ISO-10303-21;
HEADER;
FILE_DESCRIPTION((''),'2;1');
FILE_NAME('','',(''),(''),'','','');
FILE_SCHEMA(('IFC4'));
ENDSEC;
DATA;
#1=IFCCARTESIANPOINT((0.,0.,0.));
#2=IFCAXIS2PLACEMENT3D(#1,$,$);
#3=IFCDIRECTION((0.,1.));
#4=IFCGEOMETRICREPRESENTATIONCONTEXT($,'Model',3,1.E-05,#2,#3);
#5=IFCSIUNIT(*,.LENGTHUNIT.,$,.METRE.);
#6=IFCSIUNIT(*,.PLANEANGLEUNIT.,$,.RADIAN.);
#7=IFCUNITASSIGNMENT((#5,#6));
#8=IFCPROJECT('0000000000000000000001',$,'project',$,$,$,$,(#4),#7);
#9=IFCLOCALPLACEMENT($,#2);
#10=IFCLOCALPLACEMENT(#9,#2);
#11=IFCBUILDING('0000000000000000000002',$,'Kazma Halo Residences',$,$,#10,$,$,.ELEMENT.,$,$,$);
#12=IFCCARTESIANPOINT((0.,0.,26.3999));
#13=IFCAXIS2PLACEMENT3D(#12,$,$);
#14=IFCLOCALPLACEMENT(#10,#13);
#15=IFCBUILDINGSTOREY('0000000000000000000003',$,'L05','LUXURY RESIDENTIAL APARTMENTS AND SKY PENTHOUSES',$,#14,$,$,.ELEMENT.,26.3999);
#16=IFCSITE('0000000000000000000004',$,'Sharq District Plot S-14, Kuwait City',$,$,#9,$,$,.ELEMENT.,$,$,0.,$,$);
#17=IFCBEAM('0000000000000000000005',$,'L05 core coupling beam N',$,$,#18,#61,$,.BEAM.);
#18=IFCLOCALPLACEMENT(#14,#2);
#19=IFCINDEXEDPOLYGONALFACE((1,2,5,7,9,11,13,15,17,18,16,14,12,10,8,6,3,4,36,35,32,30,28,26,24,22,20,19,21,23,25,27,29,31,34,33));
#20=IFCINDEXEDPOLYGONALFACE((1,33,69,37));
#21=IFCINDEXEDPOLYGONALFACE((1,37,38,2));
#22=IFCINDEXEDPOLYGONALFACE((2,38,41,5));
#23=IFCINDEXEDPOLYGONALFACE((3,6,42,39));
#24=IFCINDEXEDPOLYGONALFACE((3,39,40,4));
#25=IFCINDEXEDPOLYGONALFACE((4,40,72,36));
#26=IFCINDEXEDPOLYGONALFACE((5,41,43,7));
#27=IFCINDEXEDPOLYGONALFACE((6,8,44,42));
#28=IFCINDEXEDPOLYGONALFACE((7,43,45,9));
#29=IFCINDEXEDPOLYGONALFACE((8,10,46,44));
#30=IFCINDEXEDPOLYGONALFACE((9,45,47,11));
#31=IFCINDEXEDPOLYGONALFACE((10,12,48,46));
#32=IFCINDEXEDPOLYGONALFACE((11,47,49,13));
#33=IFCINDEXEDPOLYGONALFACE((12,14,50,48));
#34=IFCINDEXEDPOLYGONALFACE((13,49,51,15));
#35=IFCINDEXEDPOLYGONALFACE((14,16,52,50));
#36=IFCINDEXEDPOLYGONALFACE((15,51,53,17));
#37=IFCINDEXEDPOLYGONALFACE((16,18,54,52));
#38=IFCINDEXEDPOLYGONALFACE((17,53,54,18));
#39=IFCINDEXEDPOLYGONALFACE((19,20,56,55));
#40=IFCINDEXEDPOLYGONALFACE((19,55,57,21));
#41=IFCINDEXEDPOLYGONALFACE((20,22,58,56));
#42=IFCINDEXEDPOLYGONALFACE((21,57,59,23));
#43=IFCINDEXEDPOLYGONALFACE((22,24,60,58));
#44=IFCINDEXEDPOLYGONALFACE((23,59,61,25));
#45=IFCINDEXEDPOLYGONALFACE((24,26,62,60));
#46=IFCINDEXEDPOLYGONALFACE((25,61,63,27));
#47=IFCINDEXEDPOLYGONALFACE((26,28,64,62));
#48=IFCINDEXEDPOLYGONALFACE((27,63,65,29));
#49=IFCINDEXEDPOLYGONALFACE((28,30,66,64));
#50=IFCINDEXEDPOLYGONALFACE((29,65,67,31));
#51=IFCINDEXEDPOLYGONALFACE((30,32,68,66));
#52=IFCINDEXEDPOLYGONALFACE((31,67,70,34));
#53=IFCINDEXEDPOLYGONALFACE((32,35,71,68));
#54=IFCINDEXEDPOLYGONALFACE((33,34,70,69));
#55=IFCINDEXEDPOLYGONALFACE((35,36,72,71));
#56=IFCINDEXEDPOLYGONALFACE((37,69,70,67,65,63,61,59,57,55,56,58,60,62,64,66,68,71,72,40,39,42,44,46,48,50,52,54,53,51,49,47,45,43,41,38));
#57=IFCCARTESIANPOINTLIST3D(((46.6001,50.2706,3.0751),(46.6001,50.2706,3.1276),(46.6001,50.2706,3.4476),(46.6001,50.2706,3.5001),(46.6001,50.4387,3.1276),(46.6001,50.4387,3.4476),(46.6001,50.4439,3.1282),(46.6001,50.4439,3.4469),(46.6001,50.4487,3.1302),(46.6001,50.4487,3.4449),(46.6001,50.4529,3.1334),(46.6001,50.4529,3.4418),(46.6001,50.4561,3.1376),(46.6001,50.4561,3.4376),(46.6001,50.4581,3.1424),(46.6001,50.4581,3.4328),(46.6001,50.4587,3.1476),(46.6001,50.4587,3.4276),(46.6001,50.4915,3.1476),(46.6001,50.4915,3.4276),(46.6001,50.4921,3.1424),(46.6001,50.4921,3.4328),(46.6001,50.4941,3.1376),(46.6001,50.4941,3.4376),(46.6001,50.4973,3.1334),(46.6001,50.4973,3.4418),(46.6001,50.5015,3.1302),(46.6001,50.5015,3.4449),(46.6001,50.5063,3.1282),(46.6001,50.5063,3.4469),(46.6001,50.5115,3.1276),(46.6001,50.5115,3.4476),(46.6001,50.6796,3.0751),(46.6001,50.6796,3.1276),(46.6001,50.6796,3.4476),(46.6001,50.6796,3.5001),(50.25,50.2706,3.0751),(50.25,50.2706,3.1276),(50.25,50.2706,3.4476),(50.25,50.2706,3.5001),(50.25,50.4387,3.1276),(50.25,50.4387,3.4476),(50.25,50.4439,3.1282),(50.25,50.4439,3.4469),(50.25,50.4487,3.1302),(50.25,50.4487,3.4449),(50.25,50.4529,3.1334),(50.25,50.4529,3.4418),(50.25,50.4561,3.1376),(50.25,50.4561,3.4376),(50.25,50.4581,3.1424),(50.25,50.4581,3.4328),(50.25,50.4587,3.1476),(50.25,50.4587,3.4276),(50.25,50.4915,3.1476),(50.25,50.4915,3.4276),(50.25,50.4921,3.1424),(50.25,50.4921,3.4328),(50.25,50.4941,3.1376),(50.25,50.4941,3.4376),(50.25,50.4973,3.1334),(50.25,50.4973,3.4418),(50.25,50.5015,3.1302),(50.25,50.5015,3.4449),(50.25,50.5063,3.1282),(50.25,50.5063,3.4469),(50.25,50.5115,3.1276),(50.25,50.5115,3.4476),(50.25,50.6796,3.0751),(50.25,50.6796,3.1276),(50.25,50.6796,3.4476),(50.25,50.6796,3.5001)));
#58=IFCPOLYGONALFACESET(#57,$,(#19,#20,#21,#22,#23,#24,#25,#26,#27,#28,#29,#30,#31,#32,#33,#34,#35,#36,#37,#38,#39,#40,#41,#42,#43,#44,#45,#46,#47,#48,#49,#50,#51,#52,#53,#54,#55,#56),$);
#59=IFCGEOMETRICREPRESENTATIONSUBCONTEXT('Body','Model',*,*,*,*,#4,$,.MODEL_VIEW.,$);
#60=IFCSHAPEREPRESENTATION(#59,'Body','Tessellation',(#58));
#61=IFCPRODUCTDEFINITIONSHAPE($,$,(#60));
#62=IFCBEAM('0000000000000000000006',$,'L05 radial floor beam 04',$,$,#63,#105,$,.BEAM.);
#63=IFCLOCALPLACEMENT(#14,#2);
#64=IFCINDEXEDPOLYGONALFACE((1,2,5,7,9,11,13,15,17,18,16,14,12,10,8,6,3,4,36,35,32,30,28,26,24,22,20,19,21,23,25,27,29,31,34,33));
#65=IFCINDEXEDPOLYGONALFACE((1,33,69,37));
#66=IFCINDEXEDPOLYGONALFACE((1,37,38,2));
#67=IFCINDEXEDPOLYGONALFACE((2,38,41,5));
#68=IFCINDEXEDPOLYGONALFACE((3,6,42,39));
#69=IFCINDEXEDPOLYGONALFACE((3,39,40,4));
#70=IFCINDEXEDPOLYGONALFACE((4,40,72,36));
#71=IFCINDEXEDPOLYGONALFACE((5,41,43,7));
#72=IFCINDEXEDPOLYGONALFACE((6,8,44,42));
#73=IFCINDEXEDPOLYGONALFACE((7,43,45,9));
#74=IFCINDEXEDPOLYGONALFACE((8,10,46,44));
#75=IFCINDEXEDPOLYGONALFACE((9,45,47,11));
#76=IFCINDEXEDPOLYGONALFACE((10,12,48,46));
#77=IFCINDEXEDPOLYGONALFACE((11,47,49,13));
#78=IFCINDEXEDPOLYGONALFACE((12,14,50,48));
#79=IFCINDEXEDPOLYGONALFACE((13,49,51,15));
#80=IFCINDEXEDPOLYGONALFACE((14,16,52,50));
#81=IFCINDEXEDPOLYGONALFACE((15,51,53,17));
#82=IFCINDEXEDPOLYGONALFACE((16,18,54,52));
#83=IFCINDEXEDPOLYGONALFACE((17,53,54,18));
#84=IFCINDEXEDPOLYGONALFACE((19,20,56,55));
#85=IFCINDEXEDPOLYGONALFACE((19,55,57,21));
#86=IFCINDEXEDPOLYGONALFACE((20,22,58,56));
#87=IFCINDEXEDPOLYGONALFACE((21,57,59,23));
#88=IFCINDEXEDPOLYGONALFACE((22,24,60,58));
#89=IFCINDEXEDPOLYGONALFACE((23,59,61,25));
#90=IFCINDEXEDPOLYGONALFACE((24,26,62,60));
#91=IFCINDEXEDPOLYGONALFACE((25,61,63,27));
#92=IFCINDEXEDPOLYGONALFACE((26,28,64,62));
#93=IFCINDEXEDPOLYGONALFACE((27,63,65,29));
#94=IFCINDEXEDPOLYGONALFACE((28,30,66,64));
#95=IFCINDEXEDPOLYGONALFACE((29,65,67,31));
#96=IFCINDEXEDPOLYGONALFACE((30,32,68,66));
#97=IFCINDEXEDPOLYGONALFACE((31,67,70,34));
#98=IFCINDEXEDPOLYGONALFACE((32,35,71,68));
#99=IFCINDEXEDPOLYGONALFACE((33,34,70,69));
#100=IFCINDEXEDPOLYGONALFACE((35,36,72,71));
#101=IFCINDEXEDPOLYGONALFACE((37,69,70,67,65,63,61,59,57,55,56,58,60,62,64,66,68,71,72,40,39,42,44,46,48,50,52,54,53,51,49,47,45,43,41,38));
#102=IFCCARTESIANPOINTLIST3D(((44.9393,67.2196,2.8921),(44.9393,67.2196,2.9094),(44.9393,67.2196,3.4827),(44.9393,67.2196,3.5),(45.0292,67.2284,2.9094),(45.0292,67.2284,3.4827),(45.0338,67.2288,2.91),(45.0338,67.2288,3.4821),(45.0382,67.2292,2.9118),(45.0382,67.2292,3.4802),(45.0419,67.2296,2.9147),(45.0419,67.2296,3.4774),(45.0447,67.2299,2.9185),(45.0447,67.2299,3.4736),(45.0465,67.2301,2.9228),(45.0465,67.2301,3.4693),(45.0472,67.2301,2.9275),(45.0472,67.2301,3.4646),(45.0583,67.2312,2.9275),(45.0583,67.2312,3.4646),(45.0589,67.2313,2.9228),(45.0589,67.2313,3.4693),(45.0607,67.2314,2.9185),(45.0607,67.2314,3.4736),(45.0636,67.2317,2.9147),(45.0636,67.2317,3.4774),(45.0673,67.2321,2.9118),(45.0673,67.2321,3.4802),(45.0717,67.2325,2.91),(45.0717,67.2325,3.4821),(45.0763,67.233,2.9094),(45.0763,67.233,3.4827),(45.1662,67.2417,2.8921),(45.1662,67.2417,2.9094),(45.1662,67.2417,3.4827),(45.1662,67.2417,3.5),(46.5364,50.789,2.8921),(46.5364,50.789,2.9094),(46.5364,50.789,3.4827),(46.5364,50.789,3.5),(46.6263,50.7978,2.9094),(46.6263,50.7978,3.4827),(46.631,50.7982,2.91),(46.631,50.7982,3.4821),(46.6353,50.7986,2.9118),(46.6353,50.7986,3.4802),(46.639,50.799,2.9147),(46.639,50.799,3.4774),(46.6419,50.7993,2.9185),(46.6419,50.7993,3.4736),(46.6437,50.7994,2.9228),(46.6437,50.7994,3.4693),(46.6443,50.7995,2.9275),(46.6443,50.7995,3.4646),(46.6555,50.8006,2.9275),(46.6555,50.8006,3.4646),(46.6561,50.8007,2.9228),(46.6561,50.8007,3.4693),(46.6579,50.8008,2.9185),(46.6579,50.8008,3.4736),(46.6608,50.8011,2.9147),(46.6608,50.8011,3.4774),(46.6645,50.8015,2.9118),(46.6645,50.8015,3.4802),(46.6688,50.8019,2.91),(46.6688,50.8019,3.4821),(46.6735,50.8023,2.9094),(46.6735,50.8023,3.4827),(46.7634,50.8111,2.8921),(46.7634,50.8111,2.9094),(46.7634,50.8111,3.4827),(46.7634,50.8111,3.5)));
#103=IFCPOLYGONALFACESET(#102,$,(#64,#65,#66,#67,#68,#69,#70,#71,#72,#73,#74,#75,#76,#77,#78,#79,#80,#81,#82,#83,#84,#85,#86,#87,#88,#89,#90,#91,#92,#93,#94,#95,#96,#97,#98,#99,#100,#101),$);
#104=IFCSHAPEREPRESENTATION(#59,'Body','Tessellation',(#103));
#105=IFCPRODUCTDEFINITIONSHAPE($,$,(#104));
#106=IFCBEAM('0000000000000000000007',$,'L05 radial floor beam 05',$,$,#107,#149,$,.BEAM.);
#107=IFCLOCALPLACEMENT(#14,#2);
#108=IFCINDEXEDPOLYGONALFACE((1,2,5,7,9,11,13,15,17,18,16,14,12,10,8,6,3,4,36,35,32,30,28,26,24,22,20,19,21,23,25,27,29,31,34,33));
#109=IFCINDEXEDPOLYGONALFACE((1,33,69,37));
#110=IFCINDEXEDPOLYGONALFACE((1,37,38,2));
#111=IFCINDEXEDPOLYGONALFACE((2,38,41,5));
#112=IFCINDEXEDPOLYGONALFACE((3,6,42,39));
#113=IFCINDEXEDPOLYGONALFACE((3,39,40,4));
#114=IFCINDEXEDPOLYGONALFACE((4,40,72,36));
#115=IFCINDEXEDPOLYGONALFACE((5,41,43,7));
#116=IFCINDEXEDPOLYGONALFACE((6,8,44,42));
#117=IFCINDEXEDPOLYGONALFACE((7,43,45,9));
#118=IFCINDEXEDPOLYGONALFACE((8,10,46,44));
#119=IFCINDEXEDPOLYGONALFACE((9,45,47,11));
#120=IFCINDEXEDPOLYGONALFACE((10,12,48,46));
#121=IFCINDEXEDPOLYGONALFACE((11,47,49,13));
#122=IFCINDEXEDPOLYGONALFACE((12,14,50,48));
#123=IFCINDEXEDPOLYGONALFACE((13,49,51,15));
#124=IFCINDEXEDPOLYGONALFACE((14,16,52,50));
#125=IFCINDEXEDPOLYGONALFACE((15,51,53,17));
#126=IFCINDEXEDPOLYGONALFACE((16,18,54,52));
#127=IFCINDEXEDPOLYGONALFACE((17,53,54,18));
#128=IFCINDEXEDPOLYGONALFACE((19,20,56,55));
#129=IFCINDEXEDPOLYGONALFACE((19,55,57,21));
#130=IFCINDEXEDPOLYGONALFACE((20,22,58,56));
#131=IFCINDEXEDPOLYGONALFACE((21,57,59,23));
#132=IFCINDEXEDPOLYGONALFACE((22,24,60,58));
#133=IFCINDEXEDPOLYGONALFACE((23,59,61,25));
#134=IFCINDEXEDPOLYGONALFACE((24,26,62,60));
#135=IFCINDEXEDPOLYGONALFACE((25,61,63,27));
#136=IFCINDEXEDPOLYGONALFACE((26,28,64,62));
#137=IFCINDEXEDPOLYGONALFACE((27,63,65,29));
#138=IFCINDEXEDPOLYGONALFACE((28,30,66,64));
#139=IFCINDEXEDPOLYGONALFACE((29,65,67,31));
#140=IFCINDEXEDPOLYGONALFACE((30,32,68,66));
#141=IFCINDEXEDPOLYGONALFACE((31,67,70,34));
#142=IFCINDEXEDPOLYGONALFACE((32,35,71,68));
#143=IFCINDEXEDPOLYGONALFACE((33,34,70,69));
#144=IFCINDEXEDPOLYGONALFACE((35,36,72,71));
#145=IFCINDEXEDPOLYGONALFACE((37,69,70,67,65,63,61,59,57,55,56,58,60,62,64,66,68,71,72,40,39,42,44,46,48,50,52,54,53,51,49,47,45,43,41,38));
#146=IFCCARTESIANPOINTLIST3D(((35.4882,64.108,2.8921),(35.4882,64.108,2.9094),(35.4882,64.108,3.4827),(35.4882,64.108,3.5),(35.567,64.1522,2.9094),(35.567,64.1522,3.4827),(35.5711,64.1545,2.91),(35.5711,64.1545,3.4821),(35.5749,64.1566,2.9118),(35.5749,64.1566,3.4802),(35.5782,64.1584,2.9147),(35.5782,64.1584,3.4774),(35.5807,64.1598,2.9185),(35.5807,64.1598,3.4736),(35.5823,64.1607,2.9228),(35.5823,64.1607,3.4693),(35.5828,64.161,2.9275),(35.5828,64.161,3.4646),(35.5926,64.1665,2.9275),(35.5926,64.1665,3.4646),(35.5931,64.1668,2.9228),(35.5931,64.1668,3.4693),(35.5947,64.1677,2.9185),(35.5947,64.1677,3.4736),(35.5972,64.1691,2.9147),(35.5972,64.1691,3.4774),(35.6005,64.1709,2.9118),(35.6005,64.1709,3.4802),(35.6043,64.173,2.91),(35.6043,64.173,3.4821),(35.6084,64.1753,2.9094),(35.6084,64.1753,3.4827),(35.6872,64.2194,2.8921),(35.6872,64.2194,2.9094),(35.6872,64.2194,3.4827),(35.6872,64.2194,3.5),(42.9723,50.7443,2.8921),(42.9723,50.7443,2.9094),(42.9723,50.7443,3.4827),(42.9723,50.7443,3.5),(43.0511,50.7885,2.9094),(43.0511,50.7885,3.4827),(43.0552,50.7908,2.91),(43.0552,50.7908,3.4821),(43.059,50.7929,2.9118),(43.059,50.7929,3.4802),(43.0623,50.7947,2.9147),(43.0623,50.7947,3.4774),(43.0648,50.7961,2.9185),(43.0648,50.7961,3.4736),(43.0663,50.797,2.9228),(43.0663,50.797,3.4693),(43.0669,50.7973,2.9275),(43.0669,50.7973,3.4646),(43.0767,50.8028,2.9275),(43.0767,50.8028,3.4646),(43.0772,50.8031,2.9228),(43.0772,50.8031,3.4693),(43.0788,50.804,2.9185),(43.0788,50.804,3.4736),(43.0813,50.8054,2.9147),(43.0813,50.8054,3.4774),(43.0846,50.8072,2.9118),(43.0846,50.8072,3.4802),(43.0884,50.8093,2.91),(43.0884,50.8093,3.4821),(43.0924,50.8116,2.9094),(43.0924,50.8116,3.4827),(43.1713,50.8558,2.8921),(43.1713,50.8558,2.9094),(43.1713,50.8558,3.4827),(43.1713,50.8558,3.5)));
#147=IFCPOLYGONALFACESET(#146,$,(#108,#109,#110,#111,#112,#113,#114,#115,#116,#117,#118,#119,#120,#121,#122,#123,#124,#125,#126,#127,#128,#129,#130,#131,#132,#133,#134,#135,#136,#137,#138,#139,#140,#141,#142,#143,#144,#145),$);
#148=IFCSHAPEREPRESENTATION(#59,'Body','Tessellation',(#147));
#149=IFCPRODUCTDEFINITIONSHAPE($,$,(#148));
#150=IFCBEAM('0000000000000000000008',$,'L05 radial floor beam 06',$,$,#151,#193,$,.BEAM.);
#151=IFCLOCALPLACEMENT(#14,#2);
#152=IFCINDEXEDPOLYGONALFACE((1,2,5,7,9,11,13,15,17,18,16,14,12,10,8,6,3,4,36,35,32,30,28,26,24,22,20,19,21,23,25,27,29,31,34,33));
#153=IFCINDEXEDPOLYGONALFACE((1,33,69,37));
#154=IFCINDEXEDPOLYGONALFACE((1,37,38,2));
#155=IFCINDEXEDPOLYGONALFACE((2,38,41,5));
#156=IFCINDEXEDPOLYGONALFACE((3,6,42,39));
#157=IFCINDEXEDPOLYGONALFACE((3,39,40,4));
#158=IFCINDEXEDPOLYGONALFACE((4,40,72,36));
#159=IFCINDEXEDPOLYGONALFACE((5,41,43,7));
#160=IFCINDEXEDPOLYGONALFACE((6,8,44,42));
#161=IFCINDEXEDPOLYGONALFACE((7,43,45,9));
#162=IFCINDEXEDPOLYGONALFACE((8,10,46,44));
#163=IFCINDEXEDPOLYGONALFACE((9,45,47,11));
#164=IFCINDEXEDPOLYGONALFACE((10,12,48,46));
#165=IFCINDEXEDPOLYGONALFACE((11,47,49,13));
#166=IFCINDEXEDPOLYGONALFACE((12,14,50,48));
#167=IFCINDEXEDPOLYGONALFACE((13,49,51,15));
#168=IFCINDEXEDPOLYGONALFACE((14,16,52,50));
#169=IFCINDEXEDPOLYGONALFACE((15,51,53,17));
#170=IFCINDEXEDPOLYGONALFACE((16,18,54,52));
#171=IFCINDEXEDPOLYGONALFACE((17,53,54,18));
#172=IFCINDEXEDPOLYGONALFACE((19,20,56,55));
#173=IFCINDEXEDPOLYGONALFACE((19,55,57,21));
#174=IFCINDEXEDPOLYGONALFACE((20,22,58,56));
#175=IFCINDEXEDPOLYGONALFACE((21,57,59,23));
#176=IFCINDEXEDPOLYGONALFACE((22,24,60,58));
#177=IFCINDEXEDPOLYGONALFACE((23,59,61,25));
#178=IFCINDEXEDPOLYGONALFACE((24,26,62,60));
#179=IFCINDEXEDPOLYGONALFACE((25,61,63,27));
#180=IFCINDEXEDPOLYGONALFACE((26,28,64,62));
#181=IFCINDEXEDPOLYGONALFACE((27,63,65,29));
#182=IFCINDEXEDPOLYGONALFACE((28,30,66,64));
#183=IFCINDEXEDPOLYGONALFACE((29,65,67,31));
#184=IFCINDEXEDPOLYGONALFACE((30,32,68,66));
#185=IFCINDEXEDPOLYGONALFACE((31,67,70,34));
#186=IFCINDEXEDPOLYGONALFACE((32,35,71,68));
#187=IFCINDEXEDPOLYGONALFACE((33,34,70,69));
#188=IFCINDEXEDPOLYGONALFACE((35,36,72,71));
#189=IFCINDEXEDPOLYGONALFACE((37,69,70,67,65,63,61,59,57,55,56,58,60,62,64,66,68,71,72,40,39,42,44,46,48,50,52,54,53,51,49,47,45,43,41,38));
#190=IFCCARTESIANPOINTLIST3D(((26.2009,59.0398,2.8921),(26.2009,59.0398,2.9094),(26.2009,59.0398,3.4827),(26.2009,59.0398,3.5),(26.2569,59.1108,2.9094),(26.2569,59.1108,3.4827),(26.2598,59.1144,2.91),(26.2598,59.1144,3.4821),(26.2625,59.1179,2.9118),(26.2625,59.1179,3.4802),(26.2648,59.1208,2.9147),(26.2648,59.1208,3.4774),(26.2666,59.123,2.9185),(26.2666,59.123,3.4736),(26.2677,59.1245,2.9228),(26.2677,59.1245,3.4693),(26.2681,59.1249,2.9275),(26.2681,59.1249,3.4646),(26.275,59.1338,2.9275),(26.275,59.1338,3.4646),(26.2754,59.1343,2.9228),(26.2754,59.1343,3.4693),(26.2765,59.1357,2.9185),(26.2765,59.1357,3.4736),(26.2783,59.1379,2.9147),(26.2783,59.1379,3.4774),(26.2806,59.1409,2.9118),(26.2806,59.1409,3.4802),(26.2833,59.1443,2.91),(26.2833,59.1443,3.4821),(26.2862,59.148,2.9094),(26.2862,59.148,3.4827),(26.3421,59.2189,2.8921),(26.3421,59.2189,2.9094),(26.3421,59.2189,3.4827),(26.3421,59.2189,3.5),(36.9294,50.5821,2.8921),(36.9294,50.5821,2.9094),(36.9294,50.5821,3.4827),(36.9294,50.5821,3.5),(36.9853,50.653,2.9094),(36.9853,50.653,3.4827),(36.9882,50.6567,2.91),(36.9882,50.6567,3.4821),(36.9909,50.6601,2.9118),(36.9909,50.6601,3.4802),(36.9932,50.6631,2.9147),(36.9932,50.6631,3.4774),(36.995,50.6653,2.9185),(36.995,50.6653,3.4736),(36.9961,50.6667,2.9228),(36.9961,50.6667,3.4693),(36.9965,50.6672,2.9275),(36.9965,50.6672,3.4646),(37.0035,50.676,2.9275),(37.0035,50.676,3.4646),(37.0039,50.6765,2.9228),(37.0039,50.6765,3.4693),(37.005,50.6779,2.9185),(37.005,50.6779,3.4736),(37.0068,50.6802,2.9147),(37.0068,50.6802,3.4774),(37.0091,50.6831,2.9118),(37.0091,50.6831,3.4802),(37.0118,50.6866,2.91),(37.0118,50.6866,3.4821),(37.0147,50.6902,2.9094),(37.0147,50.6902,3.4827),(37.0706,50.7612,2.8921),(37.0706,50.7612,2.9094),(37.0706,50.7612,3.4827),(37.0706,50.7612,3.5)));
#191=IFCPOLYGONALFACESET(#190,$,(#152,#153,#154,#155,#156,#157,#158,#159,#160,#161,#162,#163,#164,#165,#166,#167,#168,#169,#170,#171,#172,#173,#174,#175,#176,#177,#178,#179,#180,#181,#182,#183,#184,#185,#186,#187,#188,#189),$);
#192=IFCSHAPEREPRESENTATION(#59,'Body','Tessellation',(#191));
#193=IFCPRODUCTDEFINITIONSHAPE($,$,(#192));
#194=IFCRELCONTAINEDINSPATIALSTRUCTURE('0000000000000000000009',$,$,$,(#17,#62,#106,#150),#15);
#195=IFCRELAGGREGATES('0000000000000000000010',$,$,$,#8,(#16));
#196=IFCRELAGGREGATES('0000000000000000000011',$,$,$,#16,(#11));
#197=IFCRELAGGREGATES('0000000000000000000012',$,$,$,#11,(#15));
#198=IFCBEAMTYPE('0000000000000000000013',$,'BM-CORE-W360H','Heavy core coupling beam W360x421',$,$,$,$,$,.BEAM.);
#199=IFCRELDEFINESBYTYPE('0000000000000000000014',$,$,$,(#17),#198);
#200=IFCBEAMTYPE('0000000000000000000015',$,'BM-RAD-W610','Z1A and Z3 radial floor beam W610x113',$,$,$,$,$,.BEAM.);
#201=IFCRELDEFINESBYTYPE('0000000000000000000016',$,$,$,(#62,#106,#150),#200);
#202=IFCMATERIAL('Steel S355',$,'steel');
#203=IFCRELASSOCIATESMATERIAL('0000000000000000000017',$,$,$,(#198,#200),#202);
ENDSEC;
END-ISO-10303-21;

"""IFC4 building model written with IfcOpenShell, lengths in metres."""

from ifc_helpers import new_model, si_unit, direction, frame, origin, origin_2d, place, context, subcontext, project, spatial, i_section, extrude, material, material_profile, profile_set, type_object, element, save


model = new_model("IFC4")

# Units and contexts
model_context = context("Model", 3, precision=1e-05, world=origin(), true_north=direction((0.0, 1.0)))
body_context = subcontext(model_context, "Body", "Model", "MODEL_VIEW")
ifc_project = project(units=[si_unit("LENGTHUNIT", "METRE"), si_unit("PLANEANGLEUNIT", "RADIAN")], contexts=[model_context])

# Site, building, storey
site_placement = place(None, origin())
site = spatial("IfcSite", under=ifc_project, at=site_placement, Name="Sharq District Plot S-14, Kuwait City", CompositionType="ELEMENT", RefElevation=0.0)
building_placement = place(site_placement, origin())
building = spatial("IfcBuilding", under=site, at=building_placement, Name="Kazma Halo Residences", CompositionType="ELEMENT")
storey_placement = place(building_placement, frame((0.0, 0.0, 26.3999)))
storey = spatial("IfcBuildingStorey", under=building, at=storey_placement, Name="L05", Description="LUXURY RESIDENTIAL APARTMENTS AND SKY PENTHOUSES", CompositionType="ELEMENT", Elevation=26.3999)

# Beams
ifc_material_1 = material(Name="Steel S355", Category="steel")
ifc_material_profile_1 = material_profile(ifc_material_1, i_section(OverallWidth=0.4089, OverallDepth=0.425, WebThickness=0.0327, FlangeThickness=0.0525, FilletRadius=0.02, at=origin_2d()), Name="W360x421")
ifc_profile_set_1 = profile_set([ifc_material_profile_1], Name="Steel S355")
beam_type_1 = type_object("IfcBeamType", Name="BM-CORE-W360H", Description="Heavy core coupling beam W360x421", PredefinedType="BEAM", material=ifc_profile_set_1)
beam_1_placement = place(storey_placement, frame((46.6001, 50.4751, 3.2876), z_axis=(1.0, 0.0, 0.0), x_axis=(0.0, 1.0, 0.0)))
element("IfcBeam", 1, at=beam_1_placement, inside=storey, type_object=beam_type_1, Name="L05 core coupling beam N", PredefinedType="BEAM", context=body_context, shape_type="SweptSolid", body=[
    extrude(i_section(OverallWidth=0.4089, OverallDepth=0.425, WebThickness=0.0327, FlangeThickness=0.0525, FilletRadius=0.02, at=origin_2d()), origin(), (0.0, 0.0, 1.0), 3.6499),
])
ifc_material_profile_2 = material_profile(ifc_material_1, i_section(OverallWidth=0.228, OverallDepth=0.6079, WebThickness=0.0112, FlangeThickness=0.0173, FilletRadius=0.0181, at=origin_2d()), Name="W610x113")
ifc_profile_set_2 = profile_set([ifc_material_profile_2], Name="Steel S355")
beam_type_2 = type_object("IfcBeamType", Name="BM-RAD-W610", Description="Z1A and Z3 radial floor beam W610x113", PredefinedType="BEAM", material=ifc_profile_set_2)
beam_2_placement = place(storey_placement, frame((46.6499, 50.8, 3.196), z_axis=(-0.096751, 0.995309, 0.0), x_axis=(-0.995309, -0.096751, 0.0)))
element("IfcBeam", 2, at=beam_2_placement, inside=storey, type_object=beam_type_2, Name="L05 radial floor beam 04", PredefinedType="BEAM", context=body_context, shape_type="SweptSolid", body=[
    extrude(i_section(OverallWidth=0.228, OverallDepth=0.6079, WebThickness=0.0112, FlangeThickness=0.0173, FilletRadius=0.0181, at=origin_2d()), origin(), (0.0, 0.0, 1.0), 16.5081),
])
beam_3_placement = place(storey_placement, frame((43.0718, 50.8, 3.196), z_axis=(-0.488624, 0.872494, 0.0), x_axis=(-0.872494, -0.488624, 0.0)))
element("IfcBeam", 3, at=beam_3_placement, inside=storey, type_object=beam_type_2, Name="L05 radial floor beam 05", PredefinedType="BEAM", context=body_context, shape_type="SweptSolid", body=[
    extrude(i_section(OverallWidth=0.228, OverallDepth=0.6079, WebThickness=0.0112, FlangeThickness=0.0173, FilletRadius=0.0181, at=origin_2d()), origin(), (0.0, 0.0, 1.0), 15.3167),
])
beam_4_placement = place(storey_placement, frame((37.0, 50.6716, 3.196), z_axis=(-0.785314, 0.619098, 0.0), x_axis=(-0.619098, -0.785314, 0.0)))
element("IfcBeam", 4, at=beam_4_placement, inside=storey, type_object=beam_type_2, Name="L05 radial floor beam 06", PredefinedType="BEAM", context=body_context, shape_type="SweptSolid", body=[
    extrude(i_section(OverallWidth=0.228, OverallDepth=0.6079, WebThickness=0.0112, FlangeThickness=0.0173, FilletRadius=0.0181, at=origin_2d()), origin(), (0.0, 0.0, 1.0), 13.6614),
])

save(model, "model.ifc")
